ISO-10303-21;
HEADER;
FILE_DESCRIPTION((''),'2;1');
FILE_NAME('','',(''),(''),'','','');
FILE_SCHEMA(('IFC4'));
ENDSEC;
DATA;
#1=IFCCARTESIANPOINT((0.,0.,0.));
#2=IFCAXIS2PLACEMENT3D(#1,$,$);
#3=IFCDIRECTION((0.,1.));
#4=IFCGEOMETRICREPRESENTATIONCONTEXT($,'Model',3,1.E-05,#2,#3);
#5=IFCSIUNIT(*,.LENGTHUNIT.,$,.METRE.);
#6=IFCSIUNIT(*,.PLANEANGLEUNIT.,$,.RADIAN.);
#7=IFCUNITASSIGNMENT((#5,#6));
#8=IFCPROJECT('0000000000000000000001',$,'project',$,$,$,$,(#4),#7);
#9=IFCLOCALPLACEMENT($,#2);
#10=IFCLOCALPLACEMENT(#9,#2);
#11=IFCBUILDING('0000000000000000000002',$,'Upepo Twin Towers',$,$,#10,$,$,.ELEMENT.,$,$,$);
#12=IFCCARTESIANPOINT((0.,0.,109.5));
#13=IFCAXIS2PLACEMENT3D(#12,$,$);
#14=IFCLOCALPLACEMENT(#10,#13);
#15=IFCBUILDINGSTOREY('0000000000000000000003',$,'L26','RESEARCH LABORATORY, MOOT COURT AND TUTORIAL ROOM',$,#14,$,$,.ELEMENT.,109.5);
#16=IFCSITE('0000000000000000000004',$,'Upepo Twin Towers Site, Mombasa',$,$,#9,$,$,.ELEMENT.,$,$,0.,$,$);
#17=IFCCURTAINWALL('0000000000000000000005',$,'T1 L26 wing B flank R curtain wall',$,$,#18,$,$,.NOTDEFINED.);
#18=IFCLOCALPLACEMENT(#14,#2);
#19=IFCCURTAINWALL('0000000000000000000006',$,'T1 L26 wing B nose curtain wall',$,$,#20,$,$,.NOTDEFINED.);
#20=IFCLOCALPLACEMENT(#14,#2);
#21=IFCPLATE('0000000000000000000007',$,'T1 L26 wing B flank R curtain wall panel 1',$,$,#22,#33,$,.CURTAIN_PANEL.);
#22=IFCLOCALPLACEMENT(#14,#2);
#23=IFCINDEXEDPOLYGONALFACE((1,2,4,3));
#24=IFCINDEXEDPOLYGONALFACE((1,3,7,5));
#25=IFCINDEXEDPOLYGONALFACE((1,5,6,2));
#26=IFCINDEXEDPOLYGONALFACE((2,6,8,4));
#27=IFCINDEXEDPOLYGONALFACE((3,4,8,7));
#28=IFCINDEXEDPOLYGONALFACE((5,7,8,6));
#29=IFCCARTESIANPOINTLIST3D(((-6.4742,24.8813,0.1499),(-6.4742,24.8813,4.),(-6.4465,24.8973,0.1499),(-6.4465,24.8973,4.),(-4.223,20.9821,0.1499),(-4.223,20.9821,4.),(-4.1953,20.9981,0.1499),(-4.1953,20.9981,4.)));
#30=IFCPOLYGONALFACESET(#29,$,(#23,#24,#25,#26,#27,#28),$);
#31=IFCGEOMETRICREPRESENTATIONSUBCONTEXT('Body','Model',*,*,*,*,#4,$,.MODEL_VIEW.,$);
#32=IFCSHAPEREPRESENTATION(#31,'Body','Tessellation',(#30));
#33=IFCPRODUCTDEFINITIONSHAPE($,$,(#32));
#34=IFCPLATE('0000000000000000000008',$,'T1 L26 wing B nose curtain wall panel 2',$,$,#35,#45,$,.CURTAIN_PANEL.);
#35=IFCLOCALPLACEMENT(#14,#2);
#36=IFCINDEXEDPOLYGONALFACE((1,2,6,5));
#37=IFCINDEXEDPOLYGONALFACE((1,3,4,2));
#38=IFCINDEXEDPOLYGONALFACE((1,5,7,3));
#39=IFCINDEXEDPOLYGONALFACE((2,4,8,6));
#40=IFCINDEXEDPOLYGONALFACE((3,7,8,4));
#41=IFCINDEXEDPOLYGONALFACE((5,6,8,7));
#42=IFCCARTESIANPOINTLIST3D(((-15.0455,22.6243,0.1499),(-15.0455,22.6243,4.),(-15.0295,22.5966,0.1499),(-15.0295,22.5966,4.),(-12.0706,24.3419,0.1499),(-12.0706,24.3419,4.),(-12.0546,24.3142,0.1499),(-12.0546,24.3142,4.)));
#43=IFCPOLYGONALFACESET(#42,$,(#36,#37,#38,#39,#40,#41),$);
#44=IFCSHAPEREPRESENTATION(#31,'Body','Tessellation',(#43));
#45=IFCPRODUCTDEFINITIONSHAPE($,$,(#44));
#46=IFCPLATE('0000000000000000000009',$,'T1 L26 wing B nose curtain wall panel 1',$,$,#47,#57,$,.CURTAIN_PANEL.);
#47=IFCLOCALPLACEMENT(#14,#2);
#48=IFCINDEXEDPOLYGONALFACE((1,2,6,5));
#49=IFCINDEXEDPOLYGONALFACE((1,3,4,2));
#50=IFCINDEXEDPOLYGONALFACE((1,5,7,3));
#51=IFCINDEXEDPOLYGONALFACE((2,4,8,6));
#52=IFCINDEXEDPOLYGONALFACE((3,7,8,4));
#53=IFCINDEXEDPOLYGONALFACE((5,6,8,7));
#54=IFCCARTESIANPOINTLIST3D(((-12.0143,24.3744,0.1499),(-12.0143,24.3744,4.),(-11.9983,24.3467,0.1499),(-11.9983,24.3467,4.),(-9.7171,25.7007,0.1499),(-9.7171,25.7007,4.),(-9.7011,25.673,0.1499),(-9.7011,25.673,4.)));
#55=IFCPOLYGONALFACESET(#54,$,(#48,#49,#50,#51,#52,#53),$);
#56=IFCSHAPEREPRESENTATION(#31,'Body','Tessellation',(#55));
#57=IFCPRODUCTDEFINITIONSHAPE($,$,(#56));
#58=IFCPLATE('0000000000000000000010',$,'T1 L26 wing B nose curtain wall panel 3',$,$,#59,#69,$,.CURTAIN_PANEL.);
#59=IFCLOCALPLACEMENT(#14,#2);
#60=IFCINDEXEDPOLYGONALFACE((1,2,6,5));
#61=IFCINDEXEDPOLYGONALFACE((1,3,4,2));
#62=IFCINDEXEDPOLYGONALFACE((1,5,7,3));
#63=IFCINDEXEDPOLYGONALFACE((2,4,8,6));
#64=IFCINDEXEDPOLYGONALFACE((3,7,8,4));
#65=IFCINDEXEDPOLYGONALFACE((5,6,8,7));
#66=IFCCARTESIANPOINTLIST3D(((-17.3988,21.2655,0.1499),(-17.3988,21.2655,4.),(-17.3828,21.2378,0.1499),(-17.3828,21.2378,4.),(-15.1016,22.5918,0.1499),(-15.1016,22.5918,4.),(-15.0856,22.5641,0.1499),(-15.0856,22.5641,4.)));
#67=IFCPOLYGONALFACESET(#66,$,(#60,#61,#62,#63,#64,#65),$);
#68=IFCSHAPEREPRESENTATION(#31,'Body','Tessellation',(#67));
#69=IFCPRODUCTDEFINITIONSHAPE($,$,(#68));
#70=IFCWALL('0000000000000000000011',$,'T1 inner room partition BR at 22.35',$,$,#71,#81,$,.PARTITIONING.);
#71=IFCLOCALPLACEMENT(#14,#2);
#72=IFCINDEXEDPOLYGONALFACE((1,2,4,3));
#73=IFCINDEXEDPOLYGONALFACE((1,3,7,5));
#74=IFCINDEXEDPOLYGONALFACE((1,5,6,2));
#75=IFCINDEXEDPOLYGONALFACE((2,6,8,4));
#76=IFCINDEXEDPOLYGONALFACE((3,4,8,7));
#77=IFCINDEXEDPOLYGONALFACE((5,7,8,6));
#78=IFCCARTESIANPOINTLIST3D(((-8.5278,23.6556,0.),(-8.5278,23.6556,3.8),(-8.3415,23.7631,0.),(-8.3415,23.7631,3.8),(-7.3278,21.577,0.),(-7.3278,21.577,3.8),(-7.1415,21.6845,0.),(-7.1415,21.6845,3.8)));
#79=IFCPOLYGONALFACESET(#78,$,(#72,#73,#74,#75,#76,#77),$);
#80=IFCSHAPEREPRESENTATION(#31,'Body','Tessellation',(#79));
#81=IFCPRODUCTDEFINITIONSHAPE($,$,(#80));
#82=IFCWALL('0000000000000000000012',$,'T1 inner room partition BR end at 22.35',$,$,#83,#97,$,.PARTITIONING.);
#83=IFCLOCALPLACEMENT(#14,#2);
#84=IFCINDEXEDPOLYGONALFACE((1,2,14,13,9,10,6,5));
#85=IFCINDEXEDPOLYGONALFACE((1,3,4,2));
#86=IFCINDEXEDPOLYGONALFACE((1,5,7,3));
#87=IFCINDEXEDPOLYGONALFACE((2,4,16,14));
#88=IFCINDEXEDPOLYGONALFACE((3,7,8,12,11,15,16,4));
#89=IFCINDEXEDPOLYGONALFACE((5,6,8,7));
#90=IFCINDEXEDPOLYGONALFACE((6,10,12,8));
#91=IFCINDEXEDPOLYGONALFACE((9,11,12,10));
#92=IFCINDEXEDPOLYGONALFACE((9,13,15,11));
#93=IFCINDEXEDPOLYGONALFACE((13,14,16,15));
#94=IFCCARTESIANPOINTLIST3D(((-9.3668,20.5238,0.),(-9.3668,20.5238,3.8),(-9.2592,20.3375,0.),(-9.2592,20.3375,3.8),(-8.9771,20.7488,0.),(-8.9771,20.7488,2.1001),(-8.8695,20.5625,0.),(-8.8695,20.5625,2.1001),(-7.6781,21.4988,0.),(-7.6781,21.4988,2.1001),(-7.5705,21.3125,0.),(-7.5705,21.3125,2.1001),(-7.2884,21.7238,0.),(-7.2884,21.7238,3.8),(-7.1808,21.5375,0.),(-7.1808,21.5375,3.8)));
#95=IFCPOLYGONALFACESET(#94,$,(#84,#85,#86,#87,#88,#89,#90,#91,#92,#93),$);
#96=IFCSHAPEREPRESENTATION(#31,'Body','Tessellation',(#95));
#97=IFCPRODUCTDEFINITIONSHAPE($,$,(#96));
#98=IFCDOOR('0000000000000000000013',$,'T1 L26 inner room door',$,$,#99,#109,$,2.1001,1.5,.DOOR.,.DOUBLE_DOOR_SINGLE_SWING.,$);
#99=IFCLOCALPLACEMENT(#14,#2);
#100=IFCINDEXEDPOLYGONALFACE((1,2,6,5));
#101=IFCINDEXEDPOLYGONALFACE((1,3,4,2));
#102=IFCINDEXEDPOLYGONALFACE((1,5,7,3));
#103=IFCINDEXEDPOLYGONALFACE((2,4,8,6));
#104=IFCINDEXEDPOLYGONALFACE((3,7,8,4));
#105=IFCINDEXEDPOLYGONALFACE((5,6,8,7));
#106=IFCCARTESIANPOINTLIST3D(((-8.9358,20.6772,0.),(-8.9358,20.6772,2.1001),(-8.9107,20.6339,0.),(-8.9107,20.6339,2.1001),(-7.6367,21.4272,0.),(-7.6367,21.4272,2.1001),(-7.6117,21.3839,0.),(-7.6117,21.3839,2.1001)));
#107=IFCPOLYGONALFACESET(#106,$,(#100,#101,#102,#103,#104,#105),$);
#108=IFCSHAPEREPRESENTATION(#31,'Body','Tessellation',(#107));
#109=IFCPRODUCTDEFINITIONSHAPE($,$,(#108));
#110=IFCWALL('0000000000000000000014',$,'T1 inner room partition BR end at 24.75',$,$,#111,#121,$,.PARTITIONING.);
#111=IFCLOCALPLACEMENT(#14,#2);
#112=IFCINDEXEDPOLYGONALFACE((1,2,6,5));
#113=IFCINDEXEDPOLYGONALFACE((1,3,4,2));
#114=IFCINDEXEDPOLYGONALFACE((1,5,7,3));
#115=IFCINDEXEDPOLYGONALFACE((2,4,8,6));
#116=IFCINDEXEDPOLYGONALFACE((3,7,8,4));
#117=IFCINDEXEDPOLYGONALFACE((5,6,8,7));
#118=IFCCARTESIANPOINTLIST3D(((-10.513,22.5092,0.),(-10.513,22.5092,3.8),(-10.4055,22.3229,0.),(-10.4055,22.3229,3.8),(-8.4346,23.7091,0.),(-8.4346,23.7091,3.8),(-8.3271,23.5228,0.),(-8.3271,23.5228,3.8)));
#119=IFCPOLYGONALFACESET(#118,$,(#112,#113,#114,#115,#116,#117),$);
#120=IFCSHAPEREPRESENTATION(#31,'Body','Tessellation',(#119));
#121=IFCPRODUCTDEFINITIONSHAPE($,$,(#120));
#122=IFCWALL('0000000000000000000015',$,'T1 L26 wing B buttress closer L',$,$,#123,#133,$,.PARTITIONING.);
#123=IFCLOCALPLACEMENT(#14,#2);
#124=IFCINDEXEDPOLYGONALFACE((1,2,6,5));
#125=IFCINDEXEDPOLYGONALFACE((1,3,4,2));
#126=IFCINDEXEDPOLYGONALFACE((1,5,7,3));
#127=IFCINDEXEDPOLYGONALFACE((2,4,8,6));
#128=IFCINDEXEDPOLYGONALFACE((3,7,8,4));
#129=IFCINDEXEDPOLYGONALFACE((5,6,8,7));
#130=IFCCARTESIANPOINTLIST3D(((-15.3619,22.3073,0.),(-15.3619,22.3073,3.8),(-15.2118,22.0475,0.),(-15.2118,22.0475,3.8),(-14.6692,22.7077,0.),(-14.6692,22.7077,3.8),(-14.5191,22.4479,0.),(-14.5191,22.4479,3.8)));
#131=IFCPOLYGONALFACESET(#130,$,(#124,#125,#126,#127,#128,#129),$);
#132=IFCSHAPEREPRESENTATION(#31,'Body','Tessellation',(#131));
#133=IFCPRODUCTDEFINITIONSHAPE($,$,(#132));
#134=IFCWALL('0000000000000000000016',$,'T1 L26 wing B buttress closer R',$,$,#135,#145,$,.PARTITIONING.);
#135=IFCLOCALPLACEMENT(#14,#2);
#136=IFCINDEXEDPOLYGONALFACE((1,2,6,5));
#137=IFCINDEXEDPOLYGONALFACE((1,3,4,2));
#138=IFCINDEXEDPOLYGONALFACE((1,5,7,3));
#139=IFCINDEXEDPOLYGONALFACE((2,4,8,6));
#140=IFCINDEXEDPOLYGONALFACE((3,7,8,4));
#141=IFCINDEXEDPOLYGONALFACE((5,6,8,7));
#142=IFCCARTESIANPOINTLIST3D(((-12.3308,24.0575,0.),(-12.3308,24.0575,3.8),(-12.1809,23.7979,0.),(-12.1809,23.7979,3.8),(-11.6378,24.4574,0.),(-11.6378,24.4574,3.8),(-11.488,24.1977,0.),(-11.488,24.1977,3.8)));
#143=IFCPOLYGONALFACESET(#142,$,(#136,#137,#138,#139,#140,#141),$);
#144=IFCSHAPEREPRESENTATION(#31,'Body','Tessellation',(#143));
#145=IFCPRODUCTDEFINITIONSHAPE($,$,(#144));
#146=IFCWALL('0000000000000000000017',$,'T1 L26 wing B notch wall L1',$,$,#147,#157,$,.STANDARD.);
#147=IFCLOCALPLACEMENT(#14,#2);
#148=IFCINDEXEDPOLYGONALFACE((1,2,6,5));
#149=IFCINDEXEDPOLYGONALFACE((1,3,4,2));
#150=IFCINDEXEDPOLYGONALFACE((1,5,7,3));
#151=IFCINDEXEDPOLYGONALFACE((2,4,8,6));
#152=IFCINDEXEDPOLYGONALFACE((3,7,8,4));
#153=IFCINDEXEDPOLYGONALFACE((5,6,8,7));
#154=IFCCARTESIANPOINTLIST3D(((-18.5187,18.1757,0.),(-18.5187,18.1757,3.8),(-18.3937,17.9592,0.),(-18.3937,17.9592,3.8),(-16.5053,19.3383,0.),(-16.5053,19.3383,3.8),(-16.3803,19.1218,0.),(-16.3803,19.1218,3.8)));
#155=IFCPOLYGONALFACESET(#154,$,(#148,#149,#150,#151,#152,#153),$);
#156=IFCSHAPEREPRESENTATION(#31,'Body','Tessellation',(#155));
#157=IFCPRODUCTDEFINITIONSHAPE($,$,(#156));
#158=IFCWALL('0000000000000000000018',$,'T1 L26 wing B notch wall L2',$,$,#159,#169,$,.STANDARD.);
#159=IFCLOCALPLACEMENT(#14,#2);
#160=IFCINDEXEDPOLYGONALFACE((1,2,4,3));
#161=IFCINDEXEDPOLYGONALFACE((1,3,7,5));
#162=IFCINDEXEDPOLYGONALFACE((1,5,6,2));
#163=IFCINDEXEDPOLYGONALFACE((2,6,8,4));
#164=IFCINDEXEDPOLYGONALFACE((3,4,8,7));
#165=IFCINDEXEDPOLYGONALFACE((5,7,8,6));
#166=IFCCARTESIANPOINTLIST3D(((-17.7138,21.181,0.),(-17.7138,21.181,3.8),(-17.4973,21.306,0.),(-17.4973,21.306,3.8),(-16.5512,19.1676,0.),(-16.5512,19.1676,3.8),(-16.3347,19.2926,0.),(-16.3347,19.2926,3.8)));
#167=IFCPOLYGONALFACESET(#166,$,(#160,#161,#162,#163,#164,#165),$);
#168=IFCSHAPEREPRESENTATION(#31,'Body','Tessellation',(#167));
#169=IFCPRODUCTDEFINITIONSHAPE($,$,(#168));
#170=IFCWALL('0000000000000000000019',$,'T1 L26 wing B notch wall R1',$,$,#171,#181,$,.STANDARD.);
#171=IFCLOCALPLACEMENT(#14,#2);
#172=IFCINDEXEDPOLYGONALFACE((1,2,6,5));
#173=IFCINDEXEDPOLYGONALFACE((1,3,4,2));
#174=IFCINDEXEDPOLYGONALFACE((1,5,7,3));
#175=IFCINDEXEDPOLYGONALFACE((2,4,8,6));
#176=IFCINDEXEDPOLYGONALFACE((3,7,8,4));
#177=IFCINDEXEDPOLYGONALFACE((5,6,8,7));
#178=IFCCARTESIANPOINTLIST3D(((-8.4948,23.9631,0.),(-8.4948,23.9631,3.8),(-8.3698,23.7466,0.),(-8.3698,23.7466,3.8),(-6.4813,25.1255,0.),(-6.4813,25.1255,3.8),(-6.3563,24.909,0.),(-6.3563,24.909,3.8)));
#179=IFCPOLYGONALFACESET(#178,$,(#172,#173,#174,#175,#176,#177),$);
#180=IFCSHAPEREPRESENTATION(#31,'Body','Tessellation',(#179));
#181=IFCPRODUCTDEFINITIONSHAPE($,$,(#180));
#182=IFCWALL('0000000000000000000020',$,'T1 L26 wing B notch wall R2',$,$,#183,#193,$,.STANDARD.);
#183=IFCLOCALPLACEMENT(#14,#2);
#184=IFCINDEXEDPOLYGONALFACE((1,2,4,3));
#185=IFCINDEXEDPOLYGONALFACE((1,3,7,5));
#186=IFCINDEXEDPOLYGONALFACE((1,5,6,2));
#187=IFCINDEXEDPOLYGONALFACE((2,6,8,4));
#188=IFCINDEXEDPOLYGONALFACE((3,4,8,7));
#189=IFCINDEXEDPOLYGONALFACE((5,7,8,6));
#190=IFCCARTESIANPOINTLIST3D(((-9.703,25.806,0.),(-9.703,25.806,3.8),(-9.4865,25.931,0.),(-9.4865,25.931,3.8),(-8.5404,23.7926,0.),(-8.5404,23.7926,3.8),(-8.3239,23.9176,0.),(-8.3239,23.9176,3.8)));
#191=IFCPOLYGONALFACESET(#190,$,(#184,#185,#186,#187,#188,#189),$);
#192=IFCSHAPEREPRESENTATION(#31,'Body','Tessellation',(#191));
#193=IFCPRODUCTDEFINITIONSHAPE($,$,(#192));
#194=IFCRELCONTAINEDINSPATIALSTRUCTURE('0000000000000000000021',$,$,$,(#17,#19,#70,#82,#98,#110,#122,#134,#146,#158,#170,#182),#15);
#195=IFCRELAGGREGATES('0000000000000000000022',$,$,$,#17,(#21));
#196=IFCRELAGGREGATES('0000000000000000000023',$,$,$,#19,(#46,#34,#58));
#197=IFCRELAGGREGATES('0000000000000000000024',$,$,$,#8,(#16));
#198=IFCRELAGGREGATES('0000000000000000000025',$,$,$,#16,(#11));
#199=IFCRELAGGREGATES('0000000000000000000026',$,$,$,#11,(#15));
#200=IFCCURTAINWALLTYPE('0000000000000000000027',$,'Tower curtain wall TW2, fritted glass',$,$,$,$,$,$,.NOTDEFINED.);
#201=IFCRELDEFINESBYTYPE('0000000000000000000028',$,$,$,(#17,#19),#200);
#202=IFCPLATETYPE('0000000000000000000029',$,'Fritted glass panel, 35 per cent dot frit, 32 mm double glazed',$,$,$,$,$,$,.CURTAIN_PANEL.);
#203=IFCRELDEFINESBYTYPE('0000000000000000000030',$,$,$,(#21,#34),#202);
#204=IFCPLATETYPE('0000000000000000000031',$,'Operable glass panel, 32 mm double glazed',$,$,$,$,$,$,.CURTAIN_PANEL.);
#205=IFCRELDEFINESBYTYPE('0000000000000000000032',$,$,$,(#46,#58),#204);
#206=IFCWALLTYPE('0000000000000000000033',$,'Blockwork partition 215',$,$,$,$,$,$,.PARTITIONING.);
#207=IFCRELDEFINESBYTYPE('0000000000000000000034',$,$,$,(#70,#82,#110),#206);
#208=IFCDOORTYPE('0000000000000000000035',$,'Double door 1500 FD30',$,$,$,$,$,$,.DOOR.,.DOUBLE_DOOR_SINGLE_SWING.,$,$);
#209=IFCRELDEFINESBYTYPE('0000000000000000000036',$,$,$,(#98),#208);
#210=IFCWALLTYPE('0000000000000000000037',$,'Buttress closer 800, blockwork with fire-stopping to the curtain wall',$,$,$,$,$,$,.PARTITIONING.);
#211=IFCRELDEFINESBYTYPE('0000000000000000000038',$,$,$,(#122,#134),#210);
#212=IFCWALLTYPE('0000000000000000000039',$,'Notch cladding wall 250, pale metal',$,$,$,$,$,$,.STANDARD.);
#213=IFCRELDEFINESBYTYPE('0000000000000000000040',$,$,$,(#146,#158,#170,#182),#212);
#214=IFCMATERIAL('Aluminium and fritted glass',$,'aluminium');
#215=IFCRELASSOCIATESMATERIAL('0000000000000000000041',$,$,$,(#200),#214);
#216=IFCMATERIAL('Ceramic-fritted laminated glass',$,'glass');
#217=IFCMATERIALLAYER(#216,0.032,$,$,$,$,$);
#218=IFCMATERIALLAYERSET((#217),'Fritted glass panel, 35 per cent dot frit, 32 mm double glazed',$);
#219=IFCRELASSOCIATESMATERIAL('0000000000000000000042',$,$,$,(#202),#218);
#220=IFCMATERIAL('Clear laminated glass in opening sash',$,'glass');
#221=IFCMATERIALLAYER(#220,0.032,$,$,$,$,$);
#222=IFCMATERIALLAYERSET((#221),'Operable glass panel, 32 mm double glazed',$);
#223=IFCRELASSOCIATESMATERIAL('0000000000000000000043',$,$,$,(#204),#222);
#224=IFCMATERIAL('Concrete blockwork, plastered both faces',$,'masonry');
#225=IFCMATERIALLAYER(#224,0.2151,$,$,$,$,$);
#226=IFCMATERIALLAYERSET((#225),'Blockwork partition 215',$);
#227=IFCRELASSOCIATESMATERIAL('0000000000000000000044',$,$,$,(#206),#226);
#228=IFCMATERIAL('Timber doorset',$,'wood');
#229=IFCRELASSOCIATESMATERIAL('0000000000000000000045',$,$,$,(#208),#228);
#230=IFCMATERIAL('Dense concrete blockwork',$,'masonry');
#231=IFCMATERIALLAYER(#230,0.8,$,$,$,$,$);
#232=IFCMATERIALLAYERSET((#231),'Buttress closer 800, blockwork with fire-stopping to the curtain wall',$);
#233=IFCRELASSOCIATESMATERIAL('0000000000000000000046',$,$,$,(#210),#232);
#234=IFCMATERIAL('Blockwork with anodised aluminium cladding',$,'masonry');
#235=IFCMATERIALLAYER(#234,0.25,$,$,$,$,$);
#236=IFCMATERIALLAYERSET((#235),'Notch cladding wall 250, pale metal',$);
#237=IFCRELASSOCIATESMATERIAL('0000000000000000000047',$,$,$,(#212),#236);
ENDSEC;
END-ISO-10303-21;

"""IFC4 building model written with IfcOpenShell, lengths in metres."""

from ifc_helpers import new_model, si_unit, direction, frame, frame_2d, origin, origin_2d, place, context, subcontext, project, spatial, rectangle, extrude, material, layer, layer_set, type_object, element, fill, aggregate, save


model = new_model("IFC4")

# Units and contexts
model_context = context("Model", 3, precision=1e-05, world=origin(), true_north=direction((0.0, 1.0)))
body_context = subcontext(model_context, "Body", "Model", "MODEL_VIEW")
ifc_project = project(units=[si_unit("LENGTHUNIT", "METRE"), si_unit("PLANEANGLEUNIT", "RADIAN")], contexts=[model_context])

# Site, building, storey
site_placement = place(None, origin())
site = spatial("IfcSite", under=ifc_project, at=site_placement, Name="Upepo Twin Towers Site, Mombasa", CompositionType="ELEMENT", RefElevation=0.0)
building_placement = place(site_placement, origin())
building = spatial("IfcBuilding", under=site, at=building_placement, Name="Upepo Twin Towers", CompositionType="ELEMENT")
storey_placement = place(building_placement, frame((0.0, 0.0, 109.5)))
storey = spatial("IfcBuildingStorey", under=building, at=storey_placement, Name="L26", Description="RESEARCH LABORATORY, MOOT COURT AND TUTORIAL ROOM", CompositionType="ELEMENT", Elevation=109.5)

# Shared definitions
ifc_material_1 = material(Name="Aluminium and fritted glass", Category="aluminium")
curtain_wall_type = type_object("IfcCurtainWallType", Name="Tower curtain wall TW2, fritted glass", PredefinedType="NOTDEFINED", material=ifc_material_1)

# Curtain walls
curtain_wall_1_placement = place(storey_placement, origin())
curtain_wall_1 = element("IfcCurtainWall", 1, at=curtain_wall_1_placement, inside=storey, type_object=curtain_wall_type, Name="T1 L26 wing B flank R curtain wall", PredefinedType="NOTDEFINED")
curtain_wall_2_placement = place(storey_placement, origin())
curtain_wall_2 = element("IfcCurtainWall", 2, at=curtain_wall_2_placement, inside=storey, type_object=curtain_wall_type, Name="T1 L26 wing B nose curtain wall", PredefinedType="NOTDEFINED")

# Plates
ifc_material_2 = material(Name="Ceramic-fritted laminated glass", Category="glass")
ifc_layer_1 = layer(ifc_material_2, 0.032)
ifc_layer_set_1 = layer_set([ifc_layer_1], Name="Fritted glass panel, 35 per cent dot frit, 32 mm double glazed")
plate_type_1 = type_object("IfcPlateType", Name="Fritted glass panel, 35 per cent dot frit, 32 mm double glazed", PredefinedType="CURTAIN_PANEL", material=ifc_layer_set_1)
plate_1_placement = place(storey_placement, frame((-5.3347, 22.9397, 0.1499), z_axis=(0.0, 0.0, 1.0), x_axis=(0.5, -0.866025, 0.0)))
plate_1 = element("IfcPlate", 3, at=plate_1_placement, type_object=plate_type_1, Name="T1 L26 wing B flank R curtain wall panel 1", PredefinedType="CURTAIN_PANEL", context=body_context, shape_type="SweptSolid", body=[
    extrude(rectangle(XDim=4.5024, YDim=0.032, at=origin_2d()), origin(), (0.0, 0.0, 1.0), 3.8501),
])
aggregate(curtain_wall_1, [plate_1])
plate_2_placement = place(storey_placement, frame((-13.55, 23.4692, 0.1499), z_axis=(0.0, 0.0, 1.0), x_axis=(-0.866025, -0.5, 0.0)))
plate_2 = element("IfcPlate", 4, at=plate_2_placement, type_object=plate_type_1, Name="T1 L26 wing B nose curtain wall panel 2", PredefinedType="CURTAIN_PANEL", context=body_context, shape_type="SweptSolid", body=[
    extrude(rectangle(XDim=3.4351, YDim=0.032, at=origin_2d()), origin(), (0.0, 0.0, 1.0), 3.8501),
])
ifc_material_3 = material(Name="Clear laminated glass in opening sash", Category="glass")
ifc_layer_2 = layer(ifc_material_3, 0.032)
ifc_layer_set_2 = layer_set([ifc_layer_2], Name="Operable glass panel, 32 mm double glazed")
plate_type_2 = type_object("IfcPlateType", Name="Operable glass panel, 32 mm double glazed", PredefinedType="CURTAIN_PANEL", material=ifc_layer_set_2)
plate_3_placement = place(storey_placement, frame((-10.8577, 25.0237, 0.1499), z_axis=(0.0, 0.0, 1.0), x_axis=(-0.866025, -0.5, 0.0)))
plate_3 = element("IfcPlate", 5, at=plate_3_placement, type_object=plate_type_2, Name="T1 L26 wing B nose curtain wall panel 1", PredefinedType="CURTAIN_PANEL", context=body_context, shape_type="SweptSolid", body=[
    extrude(rectangle(XDim=2.6526, YDim=0.032, at=origin_2d()), origin(), (0.0, 0.0, 1.0), 3.8501),
])
plate_4_placement = place(storey_placement, frame((-16.2422, 21.9148, 0.1499), z_axis=(0.0, 0.0, 1.0), x_axis=(-0.866025, -0.5, 0.0)))
plate_4 = element("IfcPlate", 6, at=plate_4_placement, type_object=plate_type_2, Name="T1 L26 wing B nose curtain wall panel 3", PredefinedType="CURTAIN_PANEL", context=body_context, shape_type="SweptSolid", body=[
    extrude(rectangle(XDim=2.6526, YDim=0.032, at=origin_2d()), origin(), (0.0, 0.0, 1.0), 3.8501),
])
aggregate(curtain_wall_2, [plate_3, plate_2, plate_4])

# Wall
ifc_material_4 = material(Name="Concrete blockwork, plastered both faces", Category="masonry")
ifc_layer_3 = layer(ifc_material_4, 0.2151)
ifc_layer_set_3 = layer_set([ifc_layer_3], Name="Blockwork partition 215")
wall_type_1 = type_object("IfcWallType", Name="Blockwork partition 215", PredefinedType="PARTITIONING", material=ifc_layer_set_3)
wall_1_placement = place(storey_placement, frame((-7.2346, 21.6306, 0.0), z_axis=(0.0, 0.0, 1.0), x_axis=(-0.499957, 0.86605, 0.0)))
element("IfcWall", 7, at=wall_1_placement, inside=storey, type_object=wall_type_1, Name="T1 inner room partition BR at 22.35", PredefinedType="PARTITIONING", context=body_context, shape_type="SweptSolid", body=[
    extrude(rectangle(XDim=2.4001, YDim=0.2151, at=frame_2d((1.2002, 0.0))), origin(), (0.0, 0.0, 1.0), 3.8),
])

# Wall, opening, door
wall_2_placement = place(storey_placement, frame((-9.313, 20.4307, 0.0), z_axis=(0.0, 0.0, 1.0), x_axis=(0.866025, 0.500001, 0.0)))
wall_2 = element("IfcWall", 8, at=wall_2_placement, inside=storey, type_object=wall_type_1, Name="T1 inner room partition BR end at 22.35", PredefinedType="PARTITIONING", context=body_context, shape_type="SweptSolid", body=[
    extrude(rectangle(XDim=2.3999, YDim=0.2151, at=frame_2d((1.2, 0.0))), origin(), (0.0, 0.0, 1.0), 3.8),
])
opening_placement = place(wall_2_placement, frame((0.45, 0.0, 0.0)))
opening = element("IfcOpeningElement", 9, at=opening_placement, cuts=wall_2, PredefinedType="OPENING", context=body_context, shape_type="SweptSolid", body=[
    extrude(rectangle(XDim=1.5, YDim=2.1001, at=frame_2d((0.75, 1.05))), frame((0.0, 0.1174, 0.0), z_axis=(0.0, -1.0, 0.0), x_axis=(1.0, 0.0, 0.0)), (0.0, 0.0, 1.0), 0.2351),
])
ifc_material_5 = material(Name="Timber doorset", Category="wood")
door_type = type_object("IfcDoorType", Name="Double door 1500 FD30", OperationType="DOUBLE_DOOR_SINGLE_SWING", PredefinedType="DOOR", material=ifc_material_5)
door_placement = place(opening_placement, origin())
door = element("IfcDoor", 10, at=door_placement, inside=storey, type_object=door_type, Name="T1 L26 inner room door", OperationType="DOUBLE_DOOR_SINGLE_SWING", OverallHeight=2.1001, OverallWidth=1.5, PredefinedType="DOOR", context=body_context, shape_type="SweptSolid", body=[
    extrude(rectangle(XDim=1.5, YDim=2.1001, at=frame_2d((0.75, 1.05))), frame((0.0, 0.0249, 0.0), z_axis=(0.0, -1.0, 0.0), x_axis=(1.0, 0.0, 0.0)), (0.0, 0.0, 1.0), 0.05),
])
fill(opening, door)

# Walls
wall_3_placement = place(storey_placement, frame((-10.4592, 22.416, 0.0), z_axis=(0.0, 0.0, 1.0), x_axis=(0.866025, 0.500001, 0.0)))
element("IfcWall", 11, at=wall_3_placement, inside=storey, type_object=wall_type_1, Name="T1 inner room partition BR end at 24.75", PredefinedType="PARTITIONING", context=body_context, shape_type="SweptSolid", body=[
    extrude(rectangle(XDim=2.3999, YDim=0.2151, at=frame_2d((1.2, 0.0))), origin(), (0.0, 0.0, 1.0), 3.8),
])
ifc_material_6 = material(Name="Dense concrete blockwork", Category="masonry")
ifc_layer_4 = layer(ifc_material_6, 0.8)
ifc_layer_set_4 = layer_set([ifc_layer_4], Name="Buttress closer 800, blockwork with fire-stopping to the curtain wall")
wall_type_2 = type_object("IfcWallType", Name="Buttress closer 800, blockwork with fire-stopping to the curtain wall", PredefinedType="PARTITIONING", material=ifc_layer_set_4)
wall_4_placement = place(storey_placement, frame((-14.8655, 22.2478, 0.0), z_axis=(0.0, 0.0, 1.0), x_axis=(-0.500427, 0.865779, 0.0)))
element("IfcWall", 12, at=wall_4_placement, inside=storey, type_object=wall_type_2, Name="T1 L26 wing B buttress closer L", PredefinedType="PARTITIONING", context=body_context, shape_type="SweptSolid", body=[
    extrude(rectangle(XDim=0.3, YDim=0.8, at=frame_2d((0.1499, 0.0))), origin(), (0.0, 0.0, 1.0), 3.8),
])
wall_5_placement = place(storey_placement, frame((-11.8345, 23.9978, 0.0), z_axis=(0.0, 0.0, 1.0), x_axis=(-0.499816, 0.866131, 0.0)))
element("IfcWall", 13, at=wall_5_placement, inside=storey, type_object=wall_type_2, Name="T1 L26 wing B buttress closer R", PredefinedType="PARTITIONING", context=body_context, shape_type="SweptSolid", body=[
    extrude(rectangle(XDim=0.2998, YDim=0.8, at=frame_2d((0.1499, 0.0))), origin(), (0.0, 0.0, 1.0), 3.8),
])
ifc_material_7 = material(Name="Blockwork with anodised aluminium cladding", Category="masonry")
ifc_layer_5 = layer(ifc_material_7, 0.25)
ifc_layer_set_5 = layer_set([ifc_layer_5], Name="Notch cladding wall 250, pale metal")
wall_type_3 = type_object("IfcWallType", Name="Notch cladding wall 250, pale metal", PredefinedType="STANDARD", material=ifc_layer_set_5)
for number, where, z_axis, x_axis, name in (
    (14, (-18.4563, 18.0674, 0.0), (0.0, 0.0, 1.0), (0.865998, 0.500047, 0.0), "T1 L26 wing B notch wall L1"),
    (15, (-16.4429, 19.23, 0.0), (0.0, 0.0, 1.0), (-0.500047, 0.865998, 0.0), "T1 L26 wing B notch wall L2"),
    (16, (-6.4187, 25.0173, 0.0), (0.0, 0.0, 1.0), (-0.866044, -0.499968, 0.0), "T1 L26 wing B notch wall R1"),
    (17, (-8.4321, 23.855, 0.0), (0.0, 0.0, 1.0), (-0.500047, 0.865998, 0.0), "T1 L26 wing B notch wall R2"),
):
    element("IfcWall", number, at=place(storey_placement, frame(where, z_axis=z_axis, x_axis=x_axis)), inside=storey, type_object=wall_type_3, Name=name, PredefinedType="STANDARD", context=body_context, shape_type="SweptSolid", body=[
        extrude(rectangle(XDim=2.325, YDim=0.25, at=frame_2d((1.1626, 0.0))), origin(), (0.0, 0.0, 1.0), 3.8),
    ])

save(model, "model.ifc")
